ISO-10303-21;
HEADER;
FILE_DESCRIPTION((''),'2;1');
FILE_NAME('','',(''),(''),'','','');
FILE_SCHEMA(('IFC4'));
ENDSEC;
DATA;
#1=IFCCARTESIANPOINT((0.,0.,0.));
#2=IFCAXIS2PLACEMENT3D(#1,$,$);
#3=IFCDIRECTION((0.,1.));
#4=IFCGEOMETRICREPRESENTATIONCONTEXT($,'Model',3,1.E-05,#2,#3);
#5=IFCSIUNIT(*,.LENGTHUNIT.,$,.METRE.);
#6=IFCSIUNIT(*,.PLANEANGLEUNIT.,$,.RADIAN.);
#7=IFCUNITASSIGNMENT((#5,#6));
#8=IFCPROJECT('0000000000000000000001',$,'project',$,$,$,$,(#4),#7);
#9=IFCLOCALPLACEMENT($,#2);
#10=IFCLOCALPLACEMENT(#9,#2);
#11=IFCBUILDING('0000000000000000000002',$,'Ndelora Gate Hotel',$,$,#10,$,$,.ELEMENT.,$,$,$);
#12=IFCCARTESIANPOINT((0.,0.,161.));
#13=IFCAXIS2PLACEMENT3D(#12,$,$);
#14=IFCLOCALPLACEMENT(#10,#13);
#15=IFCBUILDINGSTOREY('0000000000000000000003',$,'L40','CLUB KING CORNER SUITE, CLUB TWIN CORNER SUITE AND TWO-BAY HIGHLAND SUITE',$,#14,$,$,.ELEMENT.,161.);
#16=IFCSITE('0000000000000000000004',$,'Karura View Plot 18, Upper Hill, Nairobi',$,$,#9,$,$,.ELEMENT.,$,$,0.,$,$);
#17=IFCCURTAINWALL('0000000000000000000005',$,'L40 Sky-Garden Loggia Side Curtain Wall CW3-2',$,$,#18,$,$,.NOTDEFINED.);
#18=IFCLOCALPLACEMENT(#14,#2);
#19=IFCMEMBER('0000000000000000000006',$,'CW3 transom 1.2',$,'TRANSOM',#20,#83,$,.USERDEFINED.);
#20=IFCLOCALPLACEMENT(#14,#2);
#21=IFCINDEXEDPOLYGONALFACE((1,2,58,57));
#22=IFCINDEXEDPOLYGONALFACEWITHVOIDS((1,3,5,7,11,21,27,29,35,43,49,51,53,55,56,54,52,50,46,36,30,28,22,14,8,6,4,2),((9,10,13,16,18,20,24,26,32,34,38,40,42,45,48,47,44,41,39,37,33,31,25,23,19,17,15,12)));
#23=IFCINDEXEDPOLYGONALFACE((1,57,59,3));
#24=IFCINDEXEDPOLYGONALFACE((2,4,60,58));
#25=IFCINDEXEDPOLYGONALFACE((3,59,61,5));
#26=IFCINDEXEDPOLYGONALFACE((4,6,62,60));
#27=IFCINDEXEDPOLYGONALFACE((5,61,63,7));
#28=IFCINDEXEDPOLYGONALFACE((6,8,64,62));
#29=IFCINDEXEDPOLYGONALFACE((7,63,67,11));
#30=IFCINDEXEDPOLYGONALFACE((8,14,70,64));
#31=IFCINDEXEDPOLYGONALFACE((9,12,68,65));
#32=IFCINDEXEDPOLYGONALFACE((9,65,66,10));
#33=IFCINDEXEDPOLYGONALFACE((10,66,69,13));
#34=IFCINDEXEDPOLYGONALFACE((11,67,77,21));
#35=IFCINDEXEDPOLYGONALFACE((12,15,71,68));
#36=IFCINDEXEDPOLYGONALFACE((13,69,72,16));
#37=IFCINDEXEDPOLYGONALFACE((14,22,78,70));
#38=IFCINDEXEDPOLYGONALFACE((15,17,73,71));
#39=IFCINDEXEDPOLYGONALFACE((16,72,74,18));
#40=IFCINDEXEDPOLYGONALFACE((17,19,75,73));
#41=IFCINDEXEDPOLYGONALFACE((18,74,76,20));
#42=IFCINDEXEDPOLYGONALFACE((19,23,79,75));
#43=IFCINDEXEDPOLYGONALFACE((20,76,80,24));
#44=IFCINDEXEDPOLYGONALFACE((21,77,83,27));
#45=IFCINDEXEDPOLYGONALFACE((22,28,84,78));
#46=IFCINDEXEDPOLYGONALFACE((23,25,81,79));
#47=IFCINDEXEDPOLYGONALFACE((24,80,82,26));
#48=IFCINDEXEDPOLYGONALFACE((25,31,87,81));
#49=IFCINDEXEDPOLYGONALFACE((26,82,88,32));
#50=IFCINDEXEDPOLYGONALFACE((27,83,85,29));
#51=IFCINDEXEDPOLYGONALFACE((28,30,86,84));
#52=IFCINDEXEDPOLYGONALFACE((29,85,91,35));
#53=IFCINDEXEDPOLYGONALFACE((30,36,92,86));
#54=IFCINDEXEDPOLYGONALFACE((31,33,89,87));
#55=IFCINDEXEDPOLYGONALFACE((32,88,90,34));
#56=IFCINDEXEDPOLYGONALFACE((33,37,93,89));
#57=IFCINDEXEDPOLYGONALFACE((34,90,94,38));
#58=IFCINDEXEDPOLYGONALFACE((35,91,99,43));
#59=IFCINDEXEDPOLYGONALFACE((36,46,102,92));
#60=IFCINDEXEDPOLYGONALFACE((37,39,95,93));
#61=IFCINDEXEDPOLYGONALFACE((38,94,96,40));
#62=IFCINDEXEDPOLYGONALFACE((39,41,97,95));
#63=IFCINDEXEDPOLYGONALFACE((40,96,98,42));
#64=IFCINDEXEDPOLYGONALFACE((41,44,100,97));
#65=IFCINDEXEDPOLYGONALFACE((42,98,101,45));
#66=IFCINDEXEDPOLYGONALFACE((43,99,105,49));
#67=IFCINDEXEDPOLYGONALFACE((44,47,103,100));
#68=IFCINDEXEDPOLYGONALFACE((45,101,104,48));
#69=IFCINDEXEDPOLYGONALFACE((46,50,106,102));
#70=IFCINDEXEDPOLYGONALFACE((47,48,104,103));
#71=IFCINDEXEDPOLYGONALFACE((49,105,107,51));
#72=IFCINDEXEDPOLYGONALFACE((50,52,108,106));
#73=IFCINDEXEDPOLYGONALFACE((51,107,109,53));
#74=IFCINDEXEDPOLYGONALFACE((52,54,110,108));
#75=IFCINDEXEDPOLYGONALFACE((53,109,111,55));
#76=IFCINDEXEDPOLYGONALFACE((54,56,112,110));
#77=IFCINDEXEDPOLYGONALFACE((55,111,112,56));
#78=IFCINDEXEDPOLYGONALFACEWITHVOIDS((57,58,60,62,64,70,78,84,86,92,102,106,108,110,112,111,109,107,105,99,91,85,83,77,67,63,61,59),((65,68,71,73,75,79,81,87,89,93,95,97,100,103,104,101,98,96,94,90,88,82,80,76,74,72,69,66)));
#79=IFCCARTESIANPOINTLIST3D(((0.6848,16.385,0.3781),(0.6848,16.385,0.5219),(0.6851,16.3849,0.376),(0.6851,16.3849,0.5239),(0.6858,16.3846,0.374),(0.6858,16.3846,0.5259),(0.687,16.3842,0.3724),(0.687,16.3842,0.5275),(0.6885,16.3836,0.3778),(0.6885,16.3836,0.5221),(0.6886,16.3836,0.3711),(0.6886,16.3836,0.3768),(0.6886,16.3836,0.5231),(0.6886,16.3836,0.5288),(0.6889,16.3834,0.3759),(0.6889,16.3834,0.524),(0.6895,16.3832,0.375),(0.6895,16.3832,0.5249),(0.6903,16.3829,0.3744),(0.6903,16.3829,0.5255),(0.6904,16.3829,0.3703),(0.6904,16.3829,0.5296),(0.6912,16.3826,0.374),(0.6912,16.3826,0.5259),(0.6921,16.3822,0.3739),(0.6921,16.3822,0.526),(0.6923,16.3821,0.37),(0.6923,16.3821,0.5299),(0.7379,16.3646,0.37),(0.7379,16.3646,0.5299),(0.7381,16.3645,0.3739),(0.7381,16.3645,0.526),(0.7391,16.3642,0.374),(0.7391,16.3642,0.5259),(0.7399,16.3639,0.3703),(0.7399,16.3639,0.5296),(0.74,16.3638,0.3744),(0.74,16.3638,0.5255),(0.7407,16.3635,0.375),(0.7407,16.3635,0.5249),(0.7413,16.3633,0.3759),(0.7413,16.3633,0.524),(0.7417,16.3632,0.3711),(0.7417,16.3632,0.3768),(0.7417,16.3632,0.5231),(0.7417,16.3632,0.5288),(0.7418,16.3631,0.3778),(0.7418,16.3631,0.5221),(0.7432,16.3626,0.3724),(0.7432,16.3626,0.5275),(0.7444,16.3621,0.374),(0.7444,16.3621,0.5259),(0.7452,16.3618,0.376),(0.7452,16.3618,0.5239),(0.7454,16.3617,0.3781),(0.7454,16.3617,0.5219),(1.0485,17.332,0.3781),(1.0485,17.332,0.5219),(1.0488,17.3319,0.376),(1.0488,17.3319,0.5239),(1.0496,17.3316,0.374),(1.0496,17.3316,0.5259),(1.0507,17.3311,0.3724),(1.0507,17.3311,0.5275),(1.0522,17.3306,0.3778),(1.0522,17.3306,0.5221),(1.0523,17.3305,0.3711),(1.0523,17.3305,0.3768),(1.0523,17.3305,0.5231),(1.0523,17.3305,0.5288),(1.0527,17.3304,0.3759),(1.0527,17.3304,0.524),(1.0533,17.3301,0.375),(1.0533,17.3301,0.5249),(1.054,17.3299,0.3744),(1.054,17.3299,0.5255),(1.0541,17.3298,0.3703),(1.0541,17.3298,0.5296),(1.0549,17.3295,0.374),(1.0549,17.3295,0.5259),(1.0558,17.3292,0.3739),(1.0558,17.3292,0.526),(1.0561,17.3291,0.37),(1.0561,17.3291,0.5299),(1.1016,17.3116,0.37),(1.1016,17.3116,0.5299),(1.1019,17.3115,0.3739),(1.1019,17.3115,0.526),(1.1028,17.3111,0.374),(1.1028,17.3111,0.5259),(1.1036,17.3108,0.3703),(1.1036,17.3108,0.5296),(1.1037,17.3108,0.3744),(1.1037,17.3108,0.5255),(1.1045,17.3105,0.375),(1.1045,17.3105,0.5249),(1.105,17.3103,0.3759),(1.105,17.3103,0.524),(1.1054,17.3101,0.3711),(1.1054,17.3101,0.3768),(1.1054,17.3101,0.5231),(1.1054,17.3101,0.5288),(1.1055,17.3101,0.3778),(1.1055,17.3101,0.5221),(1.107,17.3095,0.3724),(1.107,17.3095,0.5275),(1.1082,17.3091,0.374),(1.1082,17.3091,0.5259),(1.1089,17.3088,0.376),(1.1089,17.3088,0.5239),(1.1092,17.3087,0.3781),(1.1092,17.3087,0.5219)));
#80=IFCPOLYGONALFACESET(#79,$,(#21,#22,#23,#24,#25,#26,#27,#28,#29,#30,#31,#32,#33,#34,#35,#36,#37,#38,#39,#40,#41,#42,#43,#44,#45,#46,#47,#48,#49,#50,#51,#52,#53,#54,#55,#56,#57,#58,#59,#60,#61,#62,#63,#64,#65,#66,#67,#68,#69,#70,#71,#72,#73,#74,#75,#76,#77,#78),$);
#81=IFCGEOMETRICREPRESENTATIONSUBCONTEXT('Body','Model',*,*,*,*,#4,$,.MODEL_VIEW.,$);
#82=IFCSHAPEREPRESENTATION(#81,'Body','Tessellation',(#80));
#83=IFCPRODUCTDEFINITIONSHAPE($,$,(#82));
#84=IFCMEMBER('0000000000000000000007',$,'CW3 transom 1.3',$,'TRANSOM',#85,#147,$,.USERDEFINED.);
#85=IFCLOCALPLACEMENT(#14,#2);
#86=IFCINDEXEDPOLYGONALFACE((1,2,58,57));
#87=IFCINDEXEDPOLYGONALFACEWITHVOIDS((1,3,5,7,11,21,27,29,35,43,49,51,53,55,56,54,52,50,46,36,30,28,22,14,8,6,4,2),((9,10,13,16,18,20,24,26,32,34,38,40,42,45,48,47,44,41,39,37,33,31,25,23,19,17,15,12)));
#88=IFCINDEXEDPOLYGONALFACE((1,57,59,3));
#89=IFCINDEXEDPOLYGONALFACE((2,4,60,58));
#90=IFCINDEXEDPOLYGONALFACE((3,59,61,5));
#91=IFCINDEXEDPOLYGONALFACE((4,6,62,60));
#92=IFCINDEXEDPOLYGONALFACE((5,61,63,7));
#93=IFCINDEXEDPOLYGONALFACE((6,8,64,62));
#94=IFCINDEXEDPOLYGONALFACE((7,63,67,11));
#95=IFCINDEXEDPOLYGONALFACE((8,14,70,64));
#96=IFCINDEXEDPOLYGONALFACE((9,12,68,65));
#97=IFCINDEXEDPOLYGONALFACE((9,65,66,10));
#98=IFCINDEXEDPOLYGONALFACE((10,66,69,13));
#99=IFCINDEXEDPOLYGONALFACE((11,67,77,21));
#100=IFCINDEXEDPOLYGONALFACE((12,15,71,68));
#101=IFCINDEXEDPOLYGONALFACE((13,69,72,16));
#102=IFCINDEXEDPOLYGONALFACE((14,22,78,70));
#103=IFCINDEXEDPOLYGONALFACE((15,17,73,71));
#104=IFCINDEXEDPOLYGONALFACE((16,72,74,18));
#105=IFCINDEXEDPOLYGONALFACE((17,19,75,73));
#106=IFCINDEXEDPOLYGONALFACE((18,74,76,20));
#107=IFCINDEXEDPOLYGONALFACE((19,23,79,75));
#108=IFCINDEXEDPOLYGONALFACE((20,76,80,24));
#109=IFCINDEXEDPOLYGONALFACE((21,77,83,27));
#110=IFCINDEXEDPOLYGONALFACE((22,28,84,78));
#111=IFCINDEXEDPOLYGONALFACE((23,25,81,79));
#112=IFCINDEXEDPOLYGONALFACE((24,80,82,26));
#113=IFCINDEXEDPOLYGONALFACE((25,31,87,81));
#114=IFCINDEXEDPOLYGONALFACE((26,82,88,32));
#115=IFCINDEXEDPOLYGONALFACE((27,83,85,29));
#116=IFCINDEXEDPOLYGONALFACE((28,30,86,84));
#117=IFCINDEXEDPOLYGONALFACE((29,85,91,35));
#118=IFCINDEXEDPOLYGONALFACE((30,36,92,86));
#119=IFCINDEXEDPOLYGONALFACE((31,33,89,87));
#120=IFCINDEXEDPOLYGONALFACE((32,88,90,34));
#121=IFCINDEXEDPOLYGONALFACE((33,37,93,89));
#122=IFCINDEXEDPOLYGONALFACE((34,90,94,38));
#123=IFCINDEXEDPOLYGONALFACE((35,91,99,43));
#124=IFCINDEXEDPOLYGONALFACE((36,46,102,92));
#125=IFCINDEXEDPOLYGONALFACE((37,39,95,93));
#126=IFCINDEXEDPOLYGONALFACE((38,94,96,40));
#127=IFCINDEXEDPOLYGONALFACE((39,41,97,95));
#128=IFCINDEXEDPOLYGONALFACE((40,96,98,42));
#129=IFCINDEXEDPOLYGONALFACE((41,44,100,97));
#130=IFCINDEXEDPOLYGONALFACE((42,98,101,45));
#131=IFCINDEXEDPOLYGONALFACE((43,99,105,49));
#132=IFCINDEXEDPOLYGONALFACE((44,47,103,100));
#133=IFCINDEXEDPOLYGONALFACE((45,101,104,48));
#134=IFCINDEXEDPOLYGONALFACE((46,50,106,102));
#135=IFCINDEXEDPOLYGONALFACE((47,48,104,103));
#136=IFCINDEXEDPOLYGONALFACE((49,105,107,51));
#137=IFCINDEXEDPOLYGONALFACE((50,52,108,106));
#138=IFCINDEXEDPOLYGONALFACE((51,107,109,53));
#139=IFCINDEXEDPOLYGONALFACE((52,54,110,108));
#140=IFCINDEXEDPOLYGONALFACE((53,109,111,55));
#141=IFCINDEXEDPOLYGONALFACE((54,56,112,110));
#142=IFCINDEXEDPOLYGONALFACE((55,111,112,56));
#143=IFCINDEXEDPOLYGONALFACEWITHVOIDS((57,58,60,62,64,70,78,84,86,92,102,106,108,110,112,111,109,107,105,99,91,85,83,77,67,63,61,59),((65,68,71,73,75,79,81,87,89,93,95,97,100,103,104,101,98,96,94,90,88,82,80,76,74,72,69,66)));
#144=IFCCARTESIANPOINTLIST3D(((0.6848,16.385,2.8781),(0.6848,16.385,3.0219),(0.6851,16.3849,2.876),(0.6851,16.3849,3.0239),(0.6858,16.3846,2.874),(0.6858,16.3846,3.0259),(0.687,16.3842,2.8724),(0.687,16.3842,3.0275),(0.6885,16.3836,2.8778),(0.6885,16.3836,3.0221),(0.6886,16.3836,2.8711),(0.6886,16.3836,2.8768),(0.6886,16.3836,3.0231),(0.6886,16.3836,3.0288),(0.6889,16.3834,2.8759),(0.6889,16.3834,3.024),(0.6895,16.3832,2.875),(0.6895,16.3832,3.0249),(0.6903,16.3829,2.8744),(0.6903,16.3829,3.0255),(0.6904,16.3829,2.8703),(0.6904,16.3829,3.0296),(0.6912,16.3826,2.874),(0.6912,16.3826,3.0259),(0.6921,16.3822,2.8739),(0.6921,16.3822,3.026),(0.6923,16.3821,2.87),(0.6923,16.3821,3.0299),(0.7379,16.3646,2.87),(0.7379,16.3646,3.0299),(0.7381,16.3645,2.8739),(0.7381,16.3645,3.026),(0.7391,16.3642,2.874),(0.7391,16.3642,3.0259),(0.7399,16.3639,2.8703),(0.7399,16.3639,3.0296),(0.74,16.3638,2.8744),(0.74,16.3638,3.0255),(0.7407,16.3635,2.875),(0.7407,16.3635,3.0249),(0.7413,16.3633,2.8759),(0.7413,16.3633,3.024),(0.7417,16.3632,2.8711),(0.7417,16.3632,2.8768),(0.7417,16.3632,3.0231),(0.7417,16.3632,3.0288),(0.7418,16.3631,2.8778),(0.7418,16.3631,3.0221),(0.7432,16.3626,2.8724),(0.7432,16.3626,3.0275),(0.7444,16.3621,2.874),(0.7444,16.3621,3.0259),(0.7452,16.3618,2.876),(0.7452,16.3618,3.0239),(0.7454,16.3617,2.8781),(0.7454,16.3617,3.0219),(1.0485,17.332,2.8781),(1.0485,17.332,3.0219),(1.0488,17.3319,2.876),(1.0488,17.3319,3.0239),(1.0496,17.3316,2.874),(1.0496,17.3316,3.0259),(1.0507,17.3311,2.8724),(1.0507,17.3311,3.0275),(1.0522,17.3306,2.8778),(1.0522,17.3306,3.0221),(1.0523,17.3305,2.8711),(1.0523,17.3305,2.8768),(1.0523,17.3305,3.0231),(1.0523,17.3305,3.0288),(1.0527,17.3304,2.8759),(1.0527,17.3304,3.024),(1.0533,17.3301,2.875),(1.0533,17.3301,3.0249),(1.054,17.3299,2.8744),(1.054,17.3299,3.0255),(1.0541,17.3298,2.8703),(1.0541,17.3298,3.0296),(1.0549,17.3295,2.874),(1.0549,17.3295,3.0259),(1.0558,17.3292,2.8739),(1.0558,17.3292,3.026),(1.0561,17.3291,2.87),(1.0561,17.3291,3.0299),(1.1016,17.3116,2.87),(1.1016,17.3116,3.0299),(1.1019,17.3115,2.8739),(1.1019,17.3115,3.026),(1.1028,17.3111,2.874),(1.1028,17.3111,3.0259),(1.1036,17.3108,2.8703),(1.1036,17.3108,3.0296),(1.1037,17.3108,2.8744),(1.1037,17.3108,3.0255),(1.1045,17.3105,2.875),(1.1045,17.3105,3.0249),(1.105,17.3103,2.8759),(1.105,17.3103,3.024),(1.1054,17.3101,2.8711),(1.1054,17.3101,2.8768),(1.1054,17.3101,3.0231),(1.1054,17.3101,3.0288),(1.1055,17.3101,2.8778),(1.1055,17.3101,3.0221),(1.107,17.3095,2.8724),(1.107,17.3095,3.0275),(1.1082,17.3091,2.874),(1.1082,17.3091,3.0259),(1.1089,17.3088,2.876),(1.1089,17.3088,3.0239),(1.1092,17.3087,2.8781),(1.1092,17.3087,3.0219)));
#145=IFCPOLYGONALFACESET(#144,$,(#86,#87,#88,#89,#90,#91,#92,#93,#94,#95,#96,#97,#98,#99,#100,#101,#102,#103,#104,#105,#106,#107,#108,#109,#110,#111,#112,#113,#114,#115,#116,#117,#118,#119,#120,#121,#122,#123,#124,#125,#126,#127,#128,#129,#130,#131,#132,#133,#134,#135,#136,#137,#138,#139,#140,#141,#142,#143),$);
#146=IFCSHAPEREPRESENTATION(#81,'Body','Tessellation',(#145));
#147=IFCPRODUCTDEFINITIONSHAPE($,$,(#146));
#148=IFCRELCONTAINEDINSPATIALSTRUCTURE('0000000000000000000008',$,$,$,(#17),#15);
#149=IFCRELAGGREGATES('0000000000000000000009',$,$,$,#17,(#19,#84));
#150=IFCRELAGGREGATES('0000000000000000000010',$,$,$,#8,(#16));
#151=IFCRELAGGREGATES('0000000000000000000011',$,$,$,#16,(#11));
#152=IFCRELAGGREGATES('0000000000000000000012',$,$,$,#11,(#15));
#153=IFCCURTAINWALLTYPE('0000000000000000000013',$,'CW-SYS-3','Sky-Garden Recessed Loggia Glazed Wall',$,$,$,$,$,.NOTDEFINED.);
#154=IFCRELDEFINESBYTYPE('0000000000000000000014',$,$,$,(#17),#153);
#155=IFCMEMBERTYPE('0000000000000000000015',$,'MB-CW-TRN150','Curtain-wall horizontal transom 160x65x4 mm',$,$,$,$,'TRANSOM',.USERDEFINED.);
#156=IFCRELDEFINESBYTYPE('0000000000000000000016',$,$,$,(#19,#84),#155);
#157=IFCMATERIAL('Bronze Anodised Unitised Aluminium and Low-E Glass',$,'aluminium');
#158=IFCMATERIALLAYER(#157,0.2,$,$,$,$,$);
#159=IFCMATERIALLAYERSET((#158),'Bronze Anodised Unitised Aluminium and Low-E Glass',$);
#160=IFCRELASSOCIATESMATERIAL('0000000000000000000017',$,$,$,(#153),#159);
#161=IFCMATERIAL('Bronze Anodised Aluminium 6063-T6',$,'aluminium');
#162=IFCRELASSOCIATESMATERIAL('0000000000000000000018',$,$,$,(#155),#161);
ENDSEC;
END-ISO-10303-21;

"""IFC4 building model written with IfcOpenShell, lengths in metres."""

from ifc_helpers import new_model, si_unit, direction, frame, origin, origin_2d, place, context, subcontext, project, spatial, hollow_rectangle, extrude, material, layer, layer_set, material_profile, profile_set, type_object, element, aggregate, save


model = new_model("IFC4")

# Units and contexts
model_context = context("Model", 3, precision=1e-05, world=origin(), true_north=direction((0.0, 1.0)))
body_context = subcontext(model_context, "Body", "Model", "MODEL_VIEW")
ifc_project = project(units=[si_unit("LENGTHUNIT", "METRE"), si_unit("PLANEANGLEUNIT", "RADIAN")], contexts=[model_context])

# Site, building, storey
site_placement = place(None, origin())
site = spatial("IfcSite", under=ifc_project, at=site_placement, Name="Karura View Plot 18, Upper Hill, Nairobi", CompositionType="ELEMENT", RefElevation=0.0)
building_placement = place(site_placement, origin())
building = spatial("IfcBuilding", under=site, at=building_placement, Name="Ndelora Gate Hotel", CompositionType="ELEMENT")
storey_placement = place(building_placement, frame((0.0, 0.0, 161.0)))
storey = spatial("IfcBuildingStorey", under=building, at=storey_placement, Name="L40", Description="CLUB KING CORNER SUITE, CLUB TWIN CORNER SUITE AND TWO-BAY HIGHLAND SUITE", CompositionType="ELEMENT", Elevation=161.0)

# Curtain wall, members
ifc_material_1 = material(Name="Bronze Anodised Unitised Aluminium and Low-E Glass", Category="aluminium")
ifc_layer_1 = layer(ifc_material_1, 0.2)
ifc_layer_set_1 = layer_set([ifc_layer_1], Name="Bronze Anodised Unitised Aluminium and Low-E Glass")
curtain_wall_type = type_object("IfcCurtainWallType", Name="CW-SYS-3", Description="Sky-Garden Recessed Loggia Glazed Wall", PredefinedType="NOTDEFINED", material=ifc_layer_set_1)
curtain_wall_placement = place(storey_placement, origin())
curtain_wall = element("IfcCurtainWall", 1, at=curtain_wall_placement, inside=storey, type_object=curtain_wall_type, Name="L40 Sky-Garden Loggia Side Curtain Wall CW3-2", PredefinedType="NOTDEFINED")
ifc_material_2 = material(Name="Bronze Anodised Aluminium 6063-T6", Category="aluminium")
ifc_material_profile_1 = material_profile(ifc_material_2, hollow_rectangle(XDim=0.0649, YDim=0.1599, WallThickness=0.0039, InnerFilletRadius=0.0039, OuterFilletRadius=0.0081, at=origin_2d()), Name="ALU 160x65x4")
ifc_profile_set_1 = profile_set([ifc_material_profile_1], Name="Bronze Anodised Aluminium 6063-T6")
member_type_1 = type_object("IfcMemberType", Name="MB-CW-TRN150", Description="Curtain-wall horizontal transom 160x65x4 mm", ElementType="TRANSOM", PredefinedType="USERDEFINED", material=ifc_profile_set_1)
member_1_placement = place(storey_placement, frame((1.0789, 17.3203, 0.45), z_axis=(-0.358576, -0.933501, 0.0), x_axis=(0.933501, -0.358576, 0.0)))
member_1 = element("IfcMember", 2, at=member_1_placement, type_object=member_type_1, Name="CW3 transom 1.2", ObjectType="TRANSOM", PredefinedType="USERDEFINED", context=body_context, shape_type="SweptSolid", body=[
    extrude(hollow_rectangle(XDim=0.0649, YDim=0.1599, WallThickness=0.0039, InnerFilletRadius=0.0039, OuterFilletRadius=0.0081, at=origin_2d()), origin(), (0.0, 0.0, 1.0), 1.0144),
])
member_2_placement = place(storey_placement, frame((1.0789, 17.3203, 2.95), z_axis=(-0.358576, -0.933501, 0.0), x_axis=(0.933501, -0.358576, 0.0)))
member_2 = element("IfcMember", 3, at=member_2_placement, type_object=member_type_1, Name="CW3 transom 1.3", ObjectType="TRANSOM", PredefinedType="USERDEFINED", context=body_context, shape_type="SweptSolid", body=[
    extrude(hollow_rectangle(XDim=0.0649, YDim=0.1599, WallThickness=0.0039, InnerFilletRadius=0.0039, OuterFilletRadius=0.0081, at=origin_2d()), origin(), (0.0, 0.0, 1.0), 1.0144),
])
aggregate(curtain_wall, [member_1, member_2])

save(model, "model.ifc")
